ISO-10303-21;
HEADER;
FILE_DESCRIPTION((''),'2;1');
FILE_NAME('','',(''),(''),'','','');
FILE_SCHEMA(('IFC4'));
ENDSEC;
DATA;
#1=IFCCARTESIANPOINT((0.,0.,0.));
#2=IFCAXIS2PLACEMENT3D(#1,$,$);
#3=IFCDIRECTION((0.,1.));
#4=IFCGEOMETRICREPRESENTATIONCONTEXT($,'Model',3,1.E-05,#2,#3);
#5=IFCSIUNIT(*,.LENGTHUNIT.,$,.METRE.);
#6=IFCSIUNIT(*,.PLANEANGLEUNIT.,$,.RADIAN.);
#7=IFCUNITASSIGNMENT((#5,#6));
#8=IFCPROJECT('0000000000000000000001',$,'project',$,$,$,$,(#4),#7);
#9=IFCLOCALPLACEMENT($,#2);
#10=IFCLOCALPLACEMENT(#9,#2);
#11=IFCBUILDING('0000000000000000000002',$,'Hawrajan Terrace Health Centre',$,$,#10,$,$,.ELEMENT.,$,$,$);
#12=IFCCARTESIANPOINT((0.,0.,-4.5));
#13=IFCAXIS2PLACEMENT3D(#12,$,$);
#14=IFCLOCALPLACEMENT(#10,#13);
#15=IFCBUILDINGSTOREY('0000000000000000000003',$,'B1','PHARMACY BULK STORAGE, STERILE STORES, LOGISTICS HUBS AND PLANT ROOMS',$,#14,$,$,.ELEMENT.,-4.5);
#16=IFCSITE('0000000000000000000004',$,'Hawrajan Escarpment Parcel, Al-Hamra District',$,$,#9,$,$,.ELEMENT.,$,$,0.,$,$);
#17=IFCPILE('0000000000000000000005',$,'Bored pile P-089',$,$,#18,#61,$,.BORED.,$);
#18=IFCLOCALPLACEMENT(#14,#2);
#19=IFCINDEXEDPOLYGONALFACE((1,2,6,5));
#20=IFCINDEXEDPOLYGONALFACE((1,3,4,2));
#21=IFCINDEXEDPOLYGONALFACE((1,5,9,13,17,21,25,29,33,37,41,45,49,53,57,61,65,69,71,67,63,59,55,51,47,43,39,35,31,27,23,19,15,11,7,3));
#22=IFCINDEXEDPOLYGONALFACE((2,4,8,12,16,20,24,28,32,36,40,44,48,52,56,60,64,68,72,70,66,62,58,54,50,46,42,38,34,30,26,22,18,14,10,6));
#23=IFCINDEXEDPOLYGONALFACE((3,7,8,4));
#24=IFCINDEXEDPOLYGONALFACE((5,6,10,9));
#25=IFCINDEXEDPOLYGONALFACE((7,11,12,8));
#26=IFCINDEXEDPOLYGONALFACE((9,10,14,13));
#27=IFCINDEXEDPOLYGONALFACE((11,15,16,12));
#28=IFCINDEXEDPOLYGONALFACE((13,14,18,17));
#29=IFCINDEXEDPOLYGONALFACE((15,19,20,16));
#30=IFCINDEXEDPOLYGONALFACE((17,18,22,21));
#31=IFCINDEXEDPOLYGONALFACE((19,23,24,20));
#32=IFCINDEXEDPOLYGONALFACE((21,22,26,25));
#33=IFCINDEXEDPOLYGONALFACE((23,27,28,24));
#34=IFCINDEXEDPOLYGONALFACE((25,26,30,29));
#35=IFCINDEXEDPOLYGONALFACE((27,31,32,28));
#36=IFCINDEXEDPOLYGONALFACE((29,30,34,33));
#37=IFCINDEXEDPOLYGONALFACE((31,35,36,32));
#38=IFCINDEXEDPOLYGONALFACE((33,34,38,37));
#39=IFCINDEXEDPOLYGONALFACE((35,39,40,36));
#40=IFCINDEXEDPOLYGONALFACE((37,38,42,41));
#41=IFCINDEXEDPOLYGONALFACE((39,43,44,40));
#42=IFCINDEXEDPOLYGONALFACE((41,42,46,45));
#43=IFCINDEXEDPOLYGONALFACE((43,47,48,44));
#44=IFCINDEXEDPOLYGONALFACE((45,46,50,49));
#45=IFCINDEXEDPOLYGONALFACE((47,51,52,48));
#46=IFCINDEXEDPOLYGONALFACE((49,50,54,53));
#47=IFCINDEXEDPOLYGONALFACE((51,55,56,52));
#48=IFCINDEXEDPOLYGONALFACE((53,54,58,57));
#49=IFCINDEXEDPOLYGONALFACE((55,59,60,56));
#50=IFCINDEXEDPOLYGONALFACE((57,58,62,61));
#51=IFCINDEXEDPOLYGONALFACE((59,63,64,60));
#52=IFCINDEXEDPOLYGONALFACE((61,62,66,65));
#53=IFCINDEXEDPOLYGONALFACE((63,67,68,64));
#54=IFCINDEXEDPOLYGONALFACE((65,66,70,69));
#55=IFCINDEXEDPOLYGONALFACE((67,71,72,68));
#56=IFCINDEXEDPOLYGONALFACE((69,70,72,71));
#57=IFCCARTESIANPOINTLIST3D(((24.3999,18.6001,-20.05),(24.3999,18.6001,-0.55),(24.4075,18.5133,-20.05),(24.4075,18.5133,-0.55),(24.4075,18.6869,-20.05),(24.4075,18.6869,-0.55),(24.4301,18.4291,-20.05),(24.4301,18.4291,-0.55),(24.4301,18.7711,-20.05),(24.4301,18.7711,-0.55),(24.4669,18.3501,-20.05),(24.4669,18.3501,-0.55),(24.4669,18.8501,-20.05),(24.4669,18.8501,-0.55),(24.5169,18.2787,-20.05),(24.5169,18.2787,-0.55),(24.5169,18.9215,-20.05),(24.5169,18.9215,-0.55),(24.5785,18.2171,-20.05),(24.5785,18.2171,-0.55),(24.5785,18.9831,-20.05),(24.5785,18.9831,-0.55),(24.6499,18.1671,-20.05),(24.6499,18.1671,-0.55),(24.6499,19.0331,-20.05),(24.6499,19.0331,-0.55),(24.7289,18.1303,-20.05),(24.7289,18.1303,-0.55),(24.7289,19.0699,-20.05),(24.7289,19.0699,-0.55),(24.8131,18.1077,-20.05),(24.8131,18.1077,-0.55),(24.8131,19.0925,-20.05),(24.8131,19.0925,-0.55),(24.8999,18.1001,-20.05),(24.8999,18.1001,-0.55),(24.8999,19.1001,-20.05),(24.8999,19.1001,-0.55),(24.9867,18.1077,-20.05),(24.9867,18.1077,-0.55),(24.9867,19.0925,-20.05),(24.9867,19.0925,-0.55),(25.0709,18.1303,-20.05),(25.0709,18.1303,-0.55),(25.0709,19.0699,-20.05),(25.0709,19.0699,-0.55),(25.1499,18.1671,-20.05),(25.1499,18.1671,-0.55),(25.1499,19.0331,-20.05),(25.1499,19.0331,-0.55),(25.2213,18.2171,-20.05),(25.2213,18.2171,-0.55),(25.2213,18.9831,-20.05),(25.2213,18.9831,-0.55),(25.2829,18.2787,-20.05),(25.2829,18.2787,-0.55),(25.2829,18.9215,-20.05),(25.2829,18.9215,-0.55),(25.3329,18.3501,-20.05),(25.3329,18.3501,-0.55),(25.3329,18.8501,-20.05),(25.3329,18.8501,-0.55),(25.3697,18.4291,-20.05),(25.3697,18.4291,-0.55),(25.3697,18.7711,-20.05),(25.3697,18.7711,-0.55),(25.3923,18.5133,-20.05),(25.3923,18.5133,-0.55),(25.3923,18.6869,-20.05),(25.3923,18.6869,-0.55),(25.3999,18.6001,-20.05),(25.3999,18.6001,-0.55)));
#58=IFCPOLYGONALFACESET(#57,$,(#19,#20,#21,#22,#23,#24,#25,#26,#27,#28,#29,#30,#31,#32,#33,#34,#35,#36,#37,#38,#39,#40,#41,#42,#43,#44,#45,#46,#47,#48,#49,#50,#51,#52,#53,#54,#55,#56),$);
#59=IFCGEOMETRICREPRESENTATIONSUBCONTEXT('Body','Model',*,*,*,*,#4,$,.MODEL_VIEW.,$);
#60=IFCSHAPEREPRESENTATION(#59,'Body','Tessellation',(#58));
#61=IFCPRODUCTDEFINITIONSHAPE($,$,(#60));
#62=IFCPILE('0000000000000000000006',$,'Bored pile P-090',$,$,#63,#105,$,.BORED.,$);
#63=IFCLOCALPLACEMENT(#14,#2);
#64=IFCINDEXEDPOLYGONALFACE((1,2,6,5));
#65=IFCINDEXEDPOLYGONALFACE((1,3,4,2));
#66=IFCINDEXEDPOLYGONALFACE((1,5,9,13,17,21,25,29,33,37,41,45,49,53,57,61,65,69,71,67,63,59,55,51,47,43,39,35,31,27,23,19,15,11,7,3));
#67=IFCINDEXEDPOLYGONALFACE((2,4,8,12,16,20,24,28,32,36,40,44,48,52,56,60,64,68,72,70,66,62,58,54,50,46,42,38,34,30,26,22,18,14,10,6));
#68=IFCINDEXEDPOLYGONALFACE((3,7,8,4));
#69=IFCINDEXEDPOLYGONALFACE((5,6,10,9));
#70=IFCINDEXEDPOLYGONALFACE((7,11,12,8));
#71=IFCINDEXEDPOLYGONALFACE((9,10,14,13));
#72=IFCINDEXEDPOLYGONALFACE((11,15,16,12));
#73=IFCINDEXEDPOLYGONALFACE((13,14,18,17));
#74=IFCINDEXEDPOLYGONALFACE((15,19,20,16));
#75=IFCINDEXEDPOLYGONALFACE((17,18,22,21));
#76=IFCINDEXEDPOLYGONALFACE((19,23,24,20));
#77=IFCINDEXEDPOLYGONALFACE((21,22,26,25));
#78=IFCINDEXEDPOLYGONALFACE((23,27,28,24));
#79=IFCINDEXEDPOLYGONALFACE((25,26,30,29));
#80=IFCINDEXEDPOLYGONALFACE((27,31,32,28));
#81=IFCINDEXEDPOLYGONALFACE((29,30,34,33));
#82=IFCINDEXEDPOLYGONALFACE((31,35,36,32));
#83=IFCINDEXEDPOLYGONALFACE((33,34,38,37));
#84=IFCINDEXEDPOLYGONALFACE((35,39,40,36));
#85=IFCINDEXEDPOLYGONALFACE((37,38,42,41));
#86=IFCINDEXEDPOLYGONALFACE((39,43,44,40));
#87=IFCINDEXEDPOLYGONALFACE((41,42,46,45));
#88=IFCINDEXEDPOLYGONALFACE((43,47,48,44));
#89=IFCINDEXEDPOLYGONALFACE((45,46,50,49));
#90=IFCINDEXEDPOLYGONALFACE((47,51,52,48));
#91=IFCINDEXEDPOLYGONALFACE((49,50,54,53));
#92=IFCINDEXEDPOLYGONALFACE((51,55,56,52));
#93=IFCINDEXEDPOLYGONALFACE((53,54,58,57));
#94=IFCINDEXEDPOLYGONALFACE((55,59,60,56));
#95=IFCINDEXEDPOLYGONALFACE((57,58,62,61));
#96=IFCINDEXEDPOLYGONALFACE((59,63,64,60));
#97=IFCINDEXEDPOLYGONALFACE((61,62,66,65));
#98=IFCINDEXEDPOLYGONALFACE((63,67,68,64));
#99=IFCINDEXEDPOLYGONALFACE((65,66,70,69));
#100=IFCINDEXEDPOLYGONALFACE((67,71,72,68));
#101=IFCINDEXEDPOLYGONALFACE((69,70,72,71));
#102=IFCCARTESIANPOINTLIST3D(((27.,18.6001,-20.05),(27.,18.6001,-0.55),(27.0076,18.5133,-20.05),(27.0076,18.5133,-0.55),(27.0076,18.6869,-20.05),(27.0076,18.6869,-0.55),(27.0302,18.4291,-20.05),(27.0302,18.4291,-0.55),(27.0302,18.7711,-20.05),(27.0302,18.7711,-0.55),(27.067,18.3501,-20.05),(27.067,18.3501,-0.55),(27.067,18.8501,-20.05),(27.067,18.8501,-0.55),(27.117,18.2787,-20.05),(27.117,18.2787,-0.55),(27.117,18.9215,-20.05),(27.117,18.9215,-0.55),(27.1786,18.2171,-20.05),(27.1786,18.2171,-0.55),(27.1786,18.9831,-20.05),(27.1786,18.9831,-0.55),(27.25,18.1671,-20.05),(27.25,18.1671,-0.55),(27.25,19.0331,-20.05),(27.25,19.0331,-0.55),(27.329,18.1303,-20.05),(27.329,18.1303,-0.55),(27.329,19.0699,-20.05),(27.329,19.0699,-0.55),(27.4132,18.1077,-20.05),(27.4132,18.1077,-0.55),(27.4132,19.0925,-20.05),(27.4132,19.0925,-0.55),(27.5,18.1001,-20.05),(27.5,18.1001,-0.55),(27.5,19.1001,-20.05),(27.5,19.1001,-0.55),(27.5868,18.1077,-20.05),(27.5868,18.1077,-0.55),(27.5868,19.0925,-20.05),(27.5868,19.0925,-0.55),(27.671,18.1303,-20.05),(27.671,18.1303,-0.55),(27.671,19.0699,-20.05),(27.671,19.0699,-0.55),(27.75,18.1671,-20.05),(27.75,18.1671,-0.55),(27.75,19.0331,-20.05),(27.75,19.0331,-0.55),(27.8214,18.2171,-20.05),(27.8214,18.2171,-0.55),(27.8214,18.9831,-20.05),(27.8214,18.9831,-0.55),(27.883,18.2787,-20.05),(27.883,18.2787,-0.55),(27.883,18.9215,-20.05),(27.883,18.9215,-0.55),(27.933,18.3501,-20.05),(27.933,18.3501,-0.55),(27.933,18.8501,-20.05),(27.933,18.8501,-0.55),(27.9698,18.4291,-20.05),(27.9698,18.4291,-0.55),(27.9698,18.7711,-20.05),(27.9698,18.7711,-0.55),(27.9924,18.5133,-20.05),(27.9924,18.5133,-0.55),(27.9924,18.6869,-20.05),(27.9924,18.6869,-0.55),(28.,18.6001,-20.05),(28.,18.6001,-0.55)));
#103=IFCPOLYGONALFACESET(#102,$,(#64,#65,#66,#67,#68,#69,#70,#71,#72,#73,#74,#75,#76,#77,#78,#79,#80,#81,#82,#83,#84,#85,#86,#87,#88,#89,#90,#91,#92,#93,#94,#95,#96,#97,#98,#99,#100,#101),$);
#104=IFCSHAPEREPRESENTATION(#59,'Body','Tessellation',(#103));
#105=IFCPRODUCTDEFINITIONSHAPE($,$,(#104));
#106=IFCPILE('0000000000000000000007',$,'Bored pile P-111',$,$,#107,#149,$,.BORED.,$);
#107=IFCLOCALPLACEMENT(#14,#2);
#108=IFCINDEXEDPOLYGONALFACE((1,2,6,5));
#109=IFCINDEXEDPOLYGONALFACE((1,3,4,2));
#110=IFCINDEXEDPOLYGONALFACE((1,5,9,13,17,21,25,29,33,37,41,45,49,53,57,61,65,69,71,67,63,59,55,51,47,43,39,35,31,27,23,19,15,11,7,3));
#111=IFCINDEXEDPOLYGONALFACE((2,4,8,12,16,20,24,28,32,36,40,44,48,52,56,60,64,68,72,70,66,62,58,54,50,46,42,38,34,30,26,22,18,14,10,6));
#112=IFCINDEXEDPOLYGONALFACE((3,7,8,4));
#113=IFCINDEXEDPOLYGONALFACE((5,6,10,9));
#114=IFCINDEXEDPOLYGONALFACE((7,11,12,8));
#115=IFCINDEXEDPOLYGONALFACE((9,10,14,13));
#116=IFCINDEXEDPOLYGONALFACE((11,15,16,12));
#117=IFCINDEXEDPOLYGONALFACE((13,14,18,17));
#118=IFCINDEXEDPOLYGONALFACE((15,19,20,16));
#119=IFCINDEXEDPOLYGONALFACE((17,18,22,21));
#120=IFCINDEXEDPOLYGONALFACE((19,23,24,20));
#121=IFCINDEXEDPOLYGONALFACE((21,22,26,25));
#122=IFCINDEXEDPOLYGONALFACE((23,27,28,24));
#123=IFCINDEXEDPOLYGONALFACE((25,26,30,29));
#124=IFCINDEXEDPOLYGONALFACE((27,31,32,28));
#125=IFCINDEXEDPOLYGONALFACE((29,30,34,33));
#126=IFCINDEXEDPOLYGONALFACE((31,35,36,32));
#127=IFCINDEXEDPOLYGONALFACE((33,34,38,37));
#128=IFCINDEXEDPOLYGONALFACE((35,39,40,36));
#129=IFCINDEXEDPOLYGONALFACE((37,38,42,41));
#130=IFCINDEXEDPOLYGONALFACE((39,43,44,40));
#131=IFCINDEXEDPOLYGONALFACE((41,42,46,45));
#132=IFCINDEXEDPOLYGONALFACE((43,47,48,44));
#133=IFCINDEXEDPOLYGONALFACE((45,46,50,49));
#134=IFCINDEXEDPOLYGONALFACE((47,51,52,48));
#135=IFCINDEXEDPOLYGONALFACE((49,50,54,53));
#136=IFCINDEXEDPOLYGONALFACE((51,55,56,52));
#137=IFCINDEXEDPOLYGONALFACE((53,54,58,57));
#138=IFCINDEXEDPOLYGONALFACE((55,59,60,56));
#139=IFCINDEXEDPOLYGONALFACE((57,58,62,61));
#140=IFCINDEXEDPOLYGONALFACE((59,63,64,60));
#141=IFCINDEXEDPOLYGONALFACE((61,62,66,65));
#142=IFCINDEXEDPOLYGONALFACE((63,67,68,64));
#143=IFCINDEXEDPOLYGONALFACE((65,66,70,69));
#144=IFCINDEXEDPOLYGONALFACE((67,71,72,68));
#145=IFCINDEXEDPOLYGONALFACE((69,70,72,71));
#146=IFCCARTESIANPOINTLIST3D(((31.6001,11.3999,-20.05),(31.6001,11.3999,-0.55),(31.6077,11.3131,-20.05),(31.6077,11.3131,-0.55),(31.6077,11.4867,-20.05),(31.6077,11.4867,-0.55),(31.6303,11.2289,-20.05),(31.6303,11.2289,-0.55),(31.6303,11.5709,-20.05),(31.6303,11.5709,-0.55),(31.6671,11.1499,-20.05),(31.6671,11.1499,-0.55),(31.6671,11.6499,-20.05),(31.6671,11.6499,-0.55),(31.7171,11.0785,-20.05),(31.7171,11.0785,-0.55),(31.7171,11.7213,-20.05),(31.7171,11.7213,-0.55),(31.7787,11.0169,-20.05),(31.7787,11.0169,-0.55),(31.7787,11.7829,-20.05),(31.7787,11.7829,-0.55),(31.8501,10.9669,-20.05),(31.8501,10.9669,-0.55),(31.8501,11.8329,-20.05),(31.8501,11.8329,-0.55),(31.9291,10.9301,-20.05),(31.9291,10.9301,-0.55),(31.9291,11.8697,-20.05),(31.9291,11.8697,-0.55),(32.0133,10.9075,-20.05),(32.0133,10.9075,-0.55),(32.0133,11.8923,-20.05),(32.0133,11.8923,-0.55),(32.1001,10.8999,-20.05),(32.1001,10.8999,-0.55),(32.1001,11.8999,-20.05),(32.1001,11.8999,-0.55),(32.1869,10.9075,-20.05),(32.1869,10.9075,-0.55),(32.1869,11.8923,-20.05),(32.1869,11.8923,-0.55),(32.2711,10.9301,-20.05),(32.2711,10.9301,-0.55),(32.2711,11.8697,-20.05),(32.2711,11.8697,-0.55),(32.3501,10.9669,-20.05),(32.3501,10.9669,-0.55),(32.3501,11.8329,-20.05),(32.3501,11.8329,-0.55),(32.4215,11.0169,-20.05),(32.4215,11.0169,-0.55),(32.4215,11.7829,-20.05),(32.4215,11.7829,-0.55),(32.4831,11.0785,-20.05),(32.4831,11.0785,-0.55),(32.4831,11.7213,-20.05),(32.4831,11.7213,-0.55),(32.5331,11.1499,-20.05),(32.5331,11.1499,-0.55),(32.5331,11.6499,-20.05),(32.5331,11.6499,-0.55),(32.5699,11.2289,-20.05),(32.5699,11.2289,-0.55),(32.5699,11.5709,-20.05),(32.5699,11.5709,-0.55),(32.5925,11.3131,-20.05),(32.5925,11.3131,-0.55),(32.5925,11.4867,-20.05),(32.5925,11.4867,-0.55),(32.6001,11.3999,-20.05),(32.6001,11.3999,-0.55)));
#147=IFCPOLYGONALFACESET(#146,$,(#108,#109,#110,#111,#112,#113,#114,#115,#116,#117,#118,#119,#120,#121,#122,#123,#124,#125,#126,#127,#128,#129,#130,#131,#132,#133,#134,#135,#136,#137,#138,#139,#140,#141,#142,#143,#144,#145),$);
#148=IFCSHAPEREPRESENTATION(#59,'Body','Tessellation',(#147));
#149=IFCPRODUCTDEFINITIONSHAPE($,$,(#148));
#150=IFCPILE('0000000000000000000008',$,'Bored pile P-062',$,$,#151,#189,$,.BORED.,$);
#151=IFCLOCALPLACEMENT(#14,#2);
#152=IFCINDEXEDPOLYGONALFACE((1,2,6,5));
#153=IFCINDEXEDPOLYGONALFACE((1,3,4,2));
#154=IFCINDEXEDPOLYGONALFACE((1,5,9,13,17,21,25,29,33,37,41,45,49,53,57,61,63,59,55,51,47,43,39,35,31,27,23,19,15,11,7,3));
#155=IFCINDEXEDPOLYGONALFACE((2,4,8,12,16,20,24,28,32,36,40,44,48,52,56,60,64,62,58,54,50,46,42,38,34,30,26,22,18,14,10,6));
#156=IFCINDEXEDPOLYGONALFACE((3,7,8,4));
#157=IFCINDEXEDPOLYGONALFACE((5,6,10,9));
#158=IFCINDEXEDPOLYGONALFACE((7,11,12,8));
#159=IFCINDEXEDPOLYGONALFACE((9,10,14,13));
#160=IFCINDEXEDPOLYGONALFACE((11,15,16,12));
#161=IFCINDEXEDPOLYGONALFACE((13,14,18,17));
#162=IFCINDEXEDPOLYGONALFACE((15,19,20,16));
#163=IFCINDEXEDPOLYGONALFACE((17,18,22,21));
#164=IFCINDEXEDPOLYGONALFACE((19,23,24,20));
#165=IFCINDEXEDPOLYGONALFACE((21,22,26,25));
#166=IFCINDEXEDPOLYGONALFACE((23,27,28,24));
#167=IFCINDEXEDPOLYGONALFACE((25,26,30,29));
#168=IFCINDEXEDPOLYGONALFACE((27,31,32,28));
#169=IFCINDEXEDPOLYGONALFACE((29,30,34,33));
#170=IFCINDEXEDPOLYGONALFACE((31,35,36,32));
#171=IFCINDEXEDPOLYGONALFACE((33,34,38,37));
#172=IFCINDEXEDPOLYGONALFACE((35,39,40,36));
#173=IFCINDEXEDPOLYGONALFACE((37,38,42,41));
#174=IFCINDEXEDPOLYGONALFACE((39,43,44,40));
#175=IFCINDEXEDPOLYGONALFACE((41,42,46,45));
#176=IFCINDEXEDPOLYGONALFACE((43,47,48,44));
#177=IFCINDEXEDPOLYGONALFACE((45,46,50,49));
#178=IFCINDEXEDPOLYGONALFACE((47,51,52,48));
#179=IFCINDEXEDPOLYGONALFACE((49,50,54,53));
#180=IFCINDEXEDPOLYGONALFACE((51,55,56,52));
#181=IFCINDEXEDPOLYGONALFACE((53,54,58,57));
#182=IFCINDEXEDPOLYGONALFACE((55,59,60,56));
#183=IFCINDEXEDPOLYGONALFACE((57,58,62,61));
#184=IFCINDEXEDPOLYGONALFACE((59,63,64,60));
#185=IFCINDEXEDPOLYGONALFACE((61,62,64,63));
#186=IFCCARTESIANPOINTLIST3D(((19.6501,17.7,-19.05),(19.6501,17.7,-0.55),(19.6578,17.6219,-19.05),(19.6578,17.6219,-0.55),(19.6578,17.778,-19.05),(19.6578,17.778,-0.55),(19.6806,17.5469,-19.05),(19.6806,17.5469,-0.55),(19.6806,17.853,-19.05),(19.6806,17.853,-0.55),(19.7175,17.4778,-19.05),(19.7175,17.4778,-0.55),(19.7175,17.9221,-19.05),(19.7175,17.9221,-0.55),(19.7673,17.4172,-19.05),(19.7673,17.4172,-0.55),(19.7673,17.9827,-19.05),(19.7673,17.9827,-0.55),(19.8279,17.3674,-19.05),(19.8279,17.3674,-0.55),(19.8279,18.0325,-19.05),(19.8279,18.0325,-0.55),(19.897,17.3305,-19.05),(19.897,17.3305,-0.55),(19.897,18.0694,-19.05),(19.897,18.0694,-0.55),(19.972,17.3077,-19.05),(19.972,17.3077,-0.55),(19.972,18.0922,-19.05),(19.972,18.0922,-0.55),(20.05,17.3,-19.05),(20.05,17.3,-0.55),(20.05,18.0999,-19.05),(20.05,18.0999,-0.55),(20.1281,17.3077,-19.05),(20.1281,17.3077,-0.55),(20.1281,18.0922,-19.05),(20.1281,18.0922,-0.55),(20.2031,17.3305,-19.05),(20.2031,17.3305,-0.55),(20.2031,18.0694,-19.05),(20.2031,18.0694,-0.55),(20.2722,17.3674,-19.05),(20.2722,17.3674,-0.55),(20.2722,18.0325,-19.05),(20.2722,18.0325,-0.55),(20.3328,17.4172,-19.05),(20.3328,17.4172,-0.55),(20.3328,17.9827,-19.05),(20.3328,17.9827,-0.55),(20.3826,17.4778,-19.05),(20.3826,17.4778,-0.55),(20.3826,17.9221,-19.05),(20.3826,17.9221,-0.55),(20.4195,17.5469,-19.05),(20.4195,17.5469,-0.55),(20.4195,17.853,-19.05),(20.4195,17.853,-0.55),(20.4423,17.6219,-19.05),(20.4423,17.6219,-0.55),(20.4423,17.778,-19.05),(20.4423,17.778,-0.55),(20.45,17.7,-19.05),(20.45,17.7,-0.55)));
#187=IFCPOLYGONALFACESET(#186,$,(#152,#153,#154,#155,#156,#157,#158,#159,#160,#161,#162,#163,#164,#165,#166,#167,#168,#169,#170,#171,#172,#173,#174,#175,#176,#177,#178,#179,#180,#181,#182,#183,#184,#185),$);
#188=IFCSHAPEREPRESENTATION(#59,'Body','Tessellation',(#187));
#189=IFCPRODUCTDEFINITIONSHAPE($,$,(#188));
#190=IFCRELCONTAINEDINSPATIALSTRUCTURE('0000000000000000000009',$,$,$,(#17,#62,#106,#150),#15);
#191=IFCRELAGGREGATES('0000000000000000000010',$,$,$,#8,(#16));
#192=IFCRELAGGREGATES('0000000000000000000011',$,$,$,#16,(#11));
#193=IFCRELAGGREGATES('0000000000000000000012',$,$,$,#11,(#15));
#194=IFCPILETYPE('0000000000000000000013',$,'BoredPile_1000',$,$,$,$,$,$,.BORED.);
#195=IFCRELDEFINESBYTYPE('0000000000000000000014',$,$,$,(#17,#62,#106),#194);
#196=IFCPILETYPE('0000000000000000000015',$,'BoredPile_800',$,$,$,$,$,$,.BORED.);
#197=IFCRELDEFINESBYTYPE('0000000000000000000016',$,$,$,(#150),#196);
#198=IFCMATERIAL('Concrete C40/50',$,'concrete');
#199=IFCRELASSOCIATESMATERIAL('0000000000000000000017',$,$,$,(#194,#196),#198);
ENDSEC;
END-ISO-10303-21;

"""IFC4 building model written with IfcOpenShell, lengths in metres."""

from ifc_helpers import new_model, si_unit, direction, frame, origin, origin_2d, place, context, subcontext, project, spatial, circle, extrude, material, material_profile, profile_set, type_object, element, save


model = new_model("IFC4")

# Units and contexts
model_context = context("Model", 3, precision=1e-05, world=origin(), true_north=direction((0.0, 1.0)))
body_context = subcontext(model_context, "Body", "Model", "MODEL_VIEW")
ifc_project = project(units=[si_unit("LENGTHUNIT", "METRE"), si_unit("PLANEANGLEUNIT", "RADIAN")], contexts=[model_context])

# Site, building, storey
site_placement = place(None, origin())
site = spatial("IfcSite", under=ifc_project, at=site_placement, Name="Hawrajan Escarpment Parcel, Al-Hamra District", CompositionType="ELEMENT", RefElevation=0.0)
building_placement = place(site_placement, origin())
building = spatial("IfcBuilding", under=site, at=building_placement, Name="Hawrajan Terrace Health Centre", CompositionType="ELEMENT")
storey_placement = place(building_placement, frame((0.0, 0.0, -4.5)))
storey = spatial("IfcBuildingStorey", under=building, at=storey_placement, Name="B1", Description="PHARMACY BULK STORAGE, STERILE STORES, LOGISTICS HUBS AND PLANT ROOMS", CompositionType="ELEMENT", Elevation=-4.5)

# Piles
ifc_material_1 = material(Name="Concrete C40/50", Category="concrete")
ifc_material_profile_1 = material_profile(ifc_material_1, circle(Radius=0.5, at=origin_2d()), Name="BP 1000")
ifc_profile_set_1 = profile_set([ifc_material_profile_1], Name="Concrete C40/50")
pile_type_1 = type_object("IfcPileType", Name="BoredPile_1000", PredefinedType="BORED", material=ifc_profile_set_1)
for number, where, z_axis, x_axis, name in (
    (1, (24.8999, 18.6001, -0.55), (0.0, 0.0, -1.0), (1.0, 0.0, 0.0), "Bored pile P-089"),
    (2, (27.5, 18.6001, -0.55), (0.0, 0.0, -1.0), (1.0, 0.0, 0.0), "Bored pile P-090"),
    (3, (32.1001, 11.3999, -0.55), (0.0, 0.0, -1.0), (1.0, 0.0, 0.0), "Bored pile P-111"),
):
    element("IfcPile", number, at=place(storey_placement, frame(where, z_axis=z_axis, x_axis=x_axis)), inside=storey, type_object=pile_type_1, Name=name, PredefinedType="BORED", context=body_context, shape_type="SweptSolid", body=[
        extrude(circle(Radius=0.5, at=origin_2d()), origin(), (0.0, 0.0, 1.0), 19.5),
    ])
ifc_material_profile_2 = material_profile(ifc_material_1, circle(Radius=0.3999, at=origin_2d()), Name="BP 800")
ifc_profile_set_2 = profile_set([ifc_material_profile_2], Name="Concrete C40/50")
pile_type_2 = type_object("IfcPileType", Name="BoredPile_800", PredefinedType="BORED", material=ifc_profile_set_2)
for number, where, z_axis, x_axis, name in (
    (4, (20.05, 17.7, -0.55), (0.0, 0.0, -1.0), (1.0, 0.0, 0.0), "Bored pile P-062"),
):
    element("IfcPile", number, at=place(storey_placement, frame(where, z_axis=z_axis, x_axis=x_axis)), inside=storey, type_object=pile_type_2, Name=name, PredefinedType="BORED", context=body_context, shape_type="SweptSolid", body=[
        extrude(circle(Radius=0.3999, at=origin_2d()), origin(), (0.0, 0.0, 1.0), 18.5),
    ])

save(model, "model.ifc")
